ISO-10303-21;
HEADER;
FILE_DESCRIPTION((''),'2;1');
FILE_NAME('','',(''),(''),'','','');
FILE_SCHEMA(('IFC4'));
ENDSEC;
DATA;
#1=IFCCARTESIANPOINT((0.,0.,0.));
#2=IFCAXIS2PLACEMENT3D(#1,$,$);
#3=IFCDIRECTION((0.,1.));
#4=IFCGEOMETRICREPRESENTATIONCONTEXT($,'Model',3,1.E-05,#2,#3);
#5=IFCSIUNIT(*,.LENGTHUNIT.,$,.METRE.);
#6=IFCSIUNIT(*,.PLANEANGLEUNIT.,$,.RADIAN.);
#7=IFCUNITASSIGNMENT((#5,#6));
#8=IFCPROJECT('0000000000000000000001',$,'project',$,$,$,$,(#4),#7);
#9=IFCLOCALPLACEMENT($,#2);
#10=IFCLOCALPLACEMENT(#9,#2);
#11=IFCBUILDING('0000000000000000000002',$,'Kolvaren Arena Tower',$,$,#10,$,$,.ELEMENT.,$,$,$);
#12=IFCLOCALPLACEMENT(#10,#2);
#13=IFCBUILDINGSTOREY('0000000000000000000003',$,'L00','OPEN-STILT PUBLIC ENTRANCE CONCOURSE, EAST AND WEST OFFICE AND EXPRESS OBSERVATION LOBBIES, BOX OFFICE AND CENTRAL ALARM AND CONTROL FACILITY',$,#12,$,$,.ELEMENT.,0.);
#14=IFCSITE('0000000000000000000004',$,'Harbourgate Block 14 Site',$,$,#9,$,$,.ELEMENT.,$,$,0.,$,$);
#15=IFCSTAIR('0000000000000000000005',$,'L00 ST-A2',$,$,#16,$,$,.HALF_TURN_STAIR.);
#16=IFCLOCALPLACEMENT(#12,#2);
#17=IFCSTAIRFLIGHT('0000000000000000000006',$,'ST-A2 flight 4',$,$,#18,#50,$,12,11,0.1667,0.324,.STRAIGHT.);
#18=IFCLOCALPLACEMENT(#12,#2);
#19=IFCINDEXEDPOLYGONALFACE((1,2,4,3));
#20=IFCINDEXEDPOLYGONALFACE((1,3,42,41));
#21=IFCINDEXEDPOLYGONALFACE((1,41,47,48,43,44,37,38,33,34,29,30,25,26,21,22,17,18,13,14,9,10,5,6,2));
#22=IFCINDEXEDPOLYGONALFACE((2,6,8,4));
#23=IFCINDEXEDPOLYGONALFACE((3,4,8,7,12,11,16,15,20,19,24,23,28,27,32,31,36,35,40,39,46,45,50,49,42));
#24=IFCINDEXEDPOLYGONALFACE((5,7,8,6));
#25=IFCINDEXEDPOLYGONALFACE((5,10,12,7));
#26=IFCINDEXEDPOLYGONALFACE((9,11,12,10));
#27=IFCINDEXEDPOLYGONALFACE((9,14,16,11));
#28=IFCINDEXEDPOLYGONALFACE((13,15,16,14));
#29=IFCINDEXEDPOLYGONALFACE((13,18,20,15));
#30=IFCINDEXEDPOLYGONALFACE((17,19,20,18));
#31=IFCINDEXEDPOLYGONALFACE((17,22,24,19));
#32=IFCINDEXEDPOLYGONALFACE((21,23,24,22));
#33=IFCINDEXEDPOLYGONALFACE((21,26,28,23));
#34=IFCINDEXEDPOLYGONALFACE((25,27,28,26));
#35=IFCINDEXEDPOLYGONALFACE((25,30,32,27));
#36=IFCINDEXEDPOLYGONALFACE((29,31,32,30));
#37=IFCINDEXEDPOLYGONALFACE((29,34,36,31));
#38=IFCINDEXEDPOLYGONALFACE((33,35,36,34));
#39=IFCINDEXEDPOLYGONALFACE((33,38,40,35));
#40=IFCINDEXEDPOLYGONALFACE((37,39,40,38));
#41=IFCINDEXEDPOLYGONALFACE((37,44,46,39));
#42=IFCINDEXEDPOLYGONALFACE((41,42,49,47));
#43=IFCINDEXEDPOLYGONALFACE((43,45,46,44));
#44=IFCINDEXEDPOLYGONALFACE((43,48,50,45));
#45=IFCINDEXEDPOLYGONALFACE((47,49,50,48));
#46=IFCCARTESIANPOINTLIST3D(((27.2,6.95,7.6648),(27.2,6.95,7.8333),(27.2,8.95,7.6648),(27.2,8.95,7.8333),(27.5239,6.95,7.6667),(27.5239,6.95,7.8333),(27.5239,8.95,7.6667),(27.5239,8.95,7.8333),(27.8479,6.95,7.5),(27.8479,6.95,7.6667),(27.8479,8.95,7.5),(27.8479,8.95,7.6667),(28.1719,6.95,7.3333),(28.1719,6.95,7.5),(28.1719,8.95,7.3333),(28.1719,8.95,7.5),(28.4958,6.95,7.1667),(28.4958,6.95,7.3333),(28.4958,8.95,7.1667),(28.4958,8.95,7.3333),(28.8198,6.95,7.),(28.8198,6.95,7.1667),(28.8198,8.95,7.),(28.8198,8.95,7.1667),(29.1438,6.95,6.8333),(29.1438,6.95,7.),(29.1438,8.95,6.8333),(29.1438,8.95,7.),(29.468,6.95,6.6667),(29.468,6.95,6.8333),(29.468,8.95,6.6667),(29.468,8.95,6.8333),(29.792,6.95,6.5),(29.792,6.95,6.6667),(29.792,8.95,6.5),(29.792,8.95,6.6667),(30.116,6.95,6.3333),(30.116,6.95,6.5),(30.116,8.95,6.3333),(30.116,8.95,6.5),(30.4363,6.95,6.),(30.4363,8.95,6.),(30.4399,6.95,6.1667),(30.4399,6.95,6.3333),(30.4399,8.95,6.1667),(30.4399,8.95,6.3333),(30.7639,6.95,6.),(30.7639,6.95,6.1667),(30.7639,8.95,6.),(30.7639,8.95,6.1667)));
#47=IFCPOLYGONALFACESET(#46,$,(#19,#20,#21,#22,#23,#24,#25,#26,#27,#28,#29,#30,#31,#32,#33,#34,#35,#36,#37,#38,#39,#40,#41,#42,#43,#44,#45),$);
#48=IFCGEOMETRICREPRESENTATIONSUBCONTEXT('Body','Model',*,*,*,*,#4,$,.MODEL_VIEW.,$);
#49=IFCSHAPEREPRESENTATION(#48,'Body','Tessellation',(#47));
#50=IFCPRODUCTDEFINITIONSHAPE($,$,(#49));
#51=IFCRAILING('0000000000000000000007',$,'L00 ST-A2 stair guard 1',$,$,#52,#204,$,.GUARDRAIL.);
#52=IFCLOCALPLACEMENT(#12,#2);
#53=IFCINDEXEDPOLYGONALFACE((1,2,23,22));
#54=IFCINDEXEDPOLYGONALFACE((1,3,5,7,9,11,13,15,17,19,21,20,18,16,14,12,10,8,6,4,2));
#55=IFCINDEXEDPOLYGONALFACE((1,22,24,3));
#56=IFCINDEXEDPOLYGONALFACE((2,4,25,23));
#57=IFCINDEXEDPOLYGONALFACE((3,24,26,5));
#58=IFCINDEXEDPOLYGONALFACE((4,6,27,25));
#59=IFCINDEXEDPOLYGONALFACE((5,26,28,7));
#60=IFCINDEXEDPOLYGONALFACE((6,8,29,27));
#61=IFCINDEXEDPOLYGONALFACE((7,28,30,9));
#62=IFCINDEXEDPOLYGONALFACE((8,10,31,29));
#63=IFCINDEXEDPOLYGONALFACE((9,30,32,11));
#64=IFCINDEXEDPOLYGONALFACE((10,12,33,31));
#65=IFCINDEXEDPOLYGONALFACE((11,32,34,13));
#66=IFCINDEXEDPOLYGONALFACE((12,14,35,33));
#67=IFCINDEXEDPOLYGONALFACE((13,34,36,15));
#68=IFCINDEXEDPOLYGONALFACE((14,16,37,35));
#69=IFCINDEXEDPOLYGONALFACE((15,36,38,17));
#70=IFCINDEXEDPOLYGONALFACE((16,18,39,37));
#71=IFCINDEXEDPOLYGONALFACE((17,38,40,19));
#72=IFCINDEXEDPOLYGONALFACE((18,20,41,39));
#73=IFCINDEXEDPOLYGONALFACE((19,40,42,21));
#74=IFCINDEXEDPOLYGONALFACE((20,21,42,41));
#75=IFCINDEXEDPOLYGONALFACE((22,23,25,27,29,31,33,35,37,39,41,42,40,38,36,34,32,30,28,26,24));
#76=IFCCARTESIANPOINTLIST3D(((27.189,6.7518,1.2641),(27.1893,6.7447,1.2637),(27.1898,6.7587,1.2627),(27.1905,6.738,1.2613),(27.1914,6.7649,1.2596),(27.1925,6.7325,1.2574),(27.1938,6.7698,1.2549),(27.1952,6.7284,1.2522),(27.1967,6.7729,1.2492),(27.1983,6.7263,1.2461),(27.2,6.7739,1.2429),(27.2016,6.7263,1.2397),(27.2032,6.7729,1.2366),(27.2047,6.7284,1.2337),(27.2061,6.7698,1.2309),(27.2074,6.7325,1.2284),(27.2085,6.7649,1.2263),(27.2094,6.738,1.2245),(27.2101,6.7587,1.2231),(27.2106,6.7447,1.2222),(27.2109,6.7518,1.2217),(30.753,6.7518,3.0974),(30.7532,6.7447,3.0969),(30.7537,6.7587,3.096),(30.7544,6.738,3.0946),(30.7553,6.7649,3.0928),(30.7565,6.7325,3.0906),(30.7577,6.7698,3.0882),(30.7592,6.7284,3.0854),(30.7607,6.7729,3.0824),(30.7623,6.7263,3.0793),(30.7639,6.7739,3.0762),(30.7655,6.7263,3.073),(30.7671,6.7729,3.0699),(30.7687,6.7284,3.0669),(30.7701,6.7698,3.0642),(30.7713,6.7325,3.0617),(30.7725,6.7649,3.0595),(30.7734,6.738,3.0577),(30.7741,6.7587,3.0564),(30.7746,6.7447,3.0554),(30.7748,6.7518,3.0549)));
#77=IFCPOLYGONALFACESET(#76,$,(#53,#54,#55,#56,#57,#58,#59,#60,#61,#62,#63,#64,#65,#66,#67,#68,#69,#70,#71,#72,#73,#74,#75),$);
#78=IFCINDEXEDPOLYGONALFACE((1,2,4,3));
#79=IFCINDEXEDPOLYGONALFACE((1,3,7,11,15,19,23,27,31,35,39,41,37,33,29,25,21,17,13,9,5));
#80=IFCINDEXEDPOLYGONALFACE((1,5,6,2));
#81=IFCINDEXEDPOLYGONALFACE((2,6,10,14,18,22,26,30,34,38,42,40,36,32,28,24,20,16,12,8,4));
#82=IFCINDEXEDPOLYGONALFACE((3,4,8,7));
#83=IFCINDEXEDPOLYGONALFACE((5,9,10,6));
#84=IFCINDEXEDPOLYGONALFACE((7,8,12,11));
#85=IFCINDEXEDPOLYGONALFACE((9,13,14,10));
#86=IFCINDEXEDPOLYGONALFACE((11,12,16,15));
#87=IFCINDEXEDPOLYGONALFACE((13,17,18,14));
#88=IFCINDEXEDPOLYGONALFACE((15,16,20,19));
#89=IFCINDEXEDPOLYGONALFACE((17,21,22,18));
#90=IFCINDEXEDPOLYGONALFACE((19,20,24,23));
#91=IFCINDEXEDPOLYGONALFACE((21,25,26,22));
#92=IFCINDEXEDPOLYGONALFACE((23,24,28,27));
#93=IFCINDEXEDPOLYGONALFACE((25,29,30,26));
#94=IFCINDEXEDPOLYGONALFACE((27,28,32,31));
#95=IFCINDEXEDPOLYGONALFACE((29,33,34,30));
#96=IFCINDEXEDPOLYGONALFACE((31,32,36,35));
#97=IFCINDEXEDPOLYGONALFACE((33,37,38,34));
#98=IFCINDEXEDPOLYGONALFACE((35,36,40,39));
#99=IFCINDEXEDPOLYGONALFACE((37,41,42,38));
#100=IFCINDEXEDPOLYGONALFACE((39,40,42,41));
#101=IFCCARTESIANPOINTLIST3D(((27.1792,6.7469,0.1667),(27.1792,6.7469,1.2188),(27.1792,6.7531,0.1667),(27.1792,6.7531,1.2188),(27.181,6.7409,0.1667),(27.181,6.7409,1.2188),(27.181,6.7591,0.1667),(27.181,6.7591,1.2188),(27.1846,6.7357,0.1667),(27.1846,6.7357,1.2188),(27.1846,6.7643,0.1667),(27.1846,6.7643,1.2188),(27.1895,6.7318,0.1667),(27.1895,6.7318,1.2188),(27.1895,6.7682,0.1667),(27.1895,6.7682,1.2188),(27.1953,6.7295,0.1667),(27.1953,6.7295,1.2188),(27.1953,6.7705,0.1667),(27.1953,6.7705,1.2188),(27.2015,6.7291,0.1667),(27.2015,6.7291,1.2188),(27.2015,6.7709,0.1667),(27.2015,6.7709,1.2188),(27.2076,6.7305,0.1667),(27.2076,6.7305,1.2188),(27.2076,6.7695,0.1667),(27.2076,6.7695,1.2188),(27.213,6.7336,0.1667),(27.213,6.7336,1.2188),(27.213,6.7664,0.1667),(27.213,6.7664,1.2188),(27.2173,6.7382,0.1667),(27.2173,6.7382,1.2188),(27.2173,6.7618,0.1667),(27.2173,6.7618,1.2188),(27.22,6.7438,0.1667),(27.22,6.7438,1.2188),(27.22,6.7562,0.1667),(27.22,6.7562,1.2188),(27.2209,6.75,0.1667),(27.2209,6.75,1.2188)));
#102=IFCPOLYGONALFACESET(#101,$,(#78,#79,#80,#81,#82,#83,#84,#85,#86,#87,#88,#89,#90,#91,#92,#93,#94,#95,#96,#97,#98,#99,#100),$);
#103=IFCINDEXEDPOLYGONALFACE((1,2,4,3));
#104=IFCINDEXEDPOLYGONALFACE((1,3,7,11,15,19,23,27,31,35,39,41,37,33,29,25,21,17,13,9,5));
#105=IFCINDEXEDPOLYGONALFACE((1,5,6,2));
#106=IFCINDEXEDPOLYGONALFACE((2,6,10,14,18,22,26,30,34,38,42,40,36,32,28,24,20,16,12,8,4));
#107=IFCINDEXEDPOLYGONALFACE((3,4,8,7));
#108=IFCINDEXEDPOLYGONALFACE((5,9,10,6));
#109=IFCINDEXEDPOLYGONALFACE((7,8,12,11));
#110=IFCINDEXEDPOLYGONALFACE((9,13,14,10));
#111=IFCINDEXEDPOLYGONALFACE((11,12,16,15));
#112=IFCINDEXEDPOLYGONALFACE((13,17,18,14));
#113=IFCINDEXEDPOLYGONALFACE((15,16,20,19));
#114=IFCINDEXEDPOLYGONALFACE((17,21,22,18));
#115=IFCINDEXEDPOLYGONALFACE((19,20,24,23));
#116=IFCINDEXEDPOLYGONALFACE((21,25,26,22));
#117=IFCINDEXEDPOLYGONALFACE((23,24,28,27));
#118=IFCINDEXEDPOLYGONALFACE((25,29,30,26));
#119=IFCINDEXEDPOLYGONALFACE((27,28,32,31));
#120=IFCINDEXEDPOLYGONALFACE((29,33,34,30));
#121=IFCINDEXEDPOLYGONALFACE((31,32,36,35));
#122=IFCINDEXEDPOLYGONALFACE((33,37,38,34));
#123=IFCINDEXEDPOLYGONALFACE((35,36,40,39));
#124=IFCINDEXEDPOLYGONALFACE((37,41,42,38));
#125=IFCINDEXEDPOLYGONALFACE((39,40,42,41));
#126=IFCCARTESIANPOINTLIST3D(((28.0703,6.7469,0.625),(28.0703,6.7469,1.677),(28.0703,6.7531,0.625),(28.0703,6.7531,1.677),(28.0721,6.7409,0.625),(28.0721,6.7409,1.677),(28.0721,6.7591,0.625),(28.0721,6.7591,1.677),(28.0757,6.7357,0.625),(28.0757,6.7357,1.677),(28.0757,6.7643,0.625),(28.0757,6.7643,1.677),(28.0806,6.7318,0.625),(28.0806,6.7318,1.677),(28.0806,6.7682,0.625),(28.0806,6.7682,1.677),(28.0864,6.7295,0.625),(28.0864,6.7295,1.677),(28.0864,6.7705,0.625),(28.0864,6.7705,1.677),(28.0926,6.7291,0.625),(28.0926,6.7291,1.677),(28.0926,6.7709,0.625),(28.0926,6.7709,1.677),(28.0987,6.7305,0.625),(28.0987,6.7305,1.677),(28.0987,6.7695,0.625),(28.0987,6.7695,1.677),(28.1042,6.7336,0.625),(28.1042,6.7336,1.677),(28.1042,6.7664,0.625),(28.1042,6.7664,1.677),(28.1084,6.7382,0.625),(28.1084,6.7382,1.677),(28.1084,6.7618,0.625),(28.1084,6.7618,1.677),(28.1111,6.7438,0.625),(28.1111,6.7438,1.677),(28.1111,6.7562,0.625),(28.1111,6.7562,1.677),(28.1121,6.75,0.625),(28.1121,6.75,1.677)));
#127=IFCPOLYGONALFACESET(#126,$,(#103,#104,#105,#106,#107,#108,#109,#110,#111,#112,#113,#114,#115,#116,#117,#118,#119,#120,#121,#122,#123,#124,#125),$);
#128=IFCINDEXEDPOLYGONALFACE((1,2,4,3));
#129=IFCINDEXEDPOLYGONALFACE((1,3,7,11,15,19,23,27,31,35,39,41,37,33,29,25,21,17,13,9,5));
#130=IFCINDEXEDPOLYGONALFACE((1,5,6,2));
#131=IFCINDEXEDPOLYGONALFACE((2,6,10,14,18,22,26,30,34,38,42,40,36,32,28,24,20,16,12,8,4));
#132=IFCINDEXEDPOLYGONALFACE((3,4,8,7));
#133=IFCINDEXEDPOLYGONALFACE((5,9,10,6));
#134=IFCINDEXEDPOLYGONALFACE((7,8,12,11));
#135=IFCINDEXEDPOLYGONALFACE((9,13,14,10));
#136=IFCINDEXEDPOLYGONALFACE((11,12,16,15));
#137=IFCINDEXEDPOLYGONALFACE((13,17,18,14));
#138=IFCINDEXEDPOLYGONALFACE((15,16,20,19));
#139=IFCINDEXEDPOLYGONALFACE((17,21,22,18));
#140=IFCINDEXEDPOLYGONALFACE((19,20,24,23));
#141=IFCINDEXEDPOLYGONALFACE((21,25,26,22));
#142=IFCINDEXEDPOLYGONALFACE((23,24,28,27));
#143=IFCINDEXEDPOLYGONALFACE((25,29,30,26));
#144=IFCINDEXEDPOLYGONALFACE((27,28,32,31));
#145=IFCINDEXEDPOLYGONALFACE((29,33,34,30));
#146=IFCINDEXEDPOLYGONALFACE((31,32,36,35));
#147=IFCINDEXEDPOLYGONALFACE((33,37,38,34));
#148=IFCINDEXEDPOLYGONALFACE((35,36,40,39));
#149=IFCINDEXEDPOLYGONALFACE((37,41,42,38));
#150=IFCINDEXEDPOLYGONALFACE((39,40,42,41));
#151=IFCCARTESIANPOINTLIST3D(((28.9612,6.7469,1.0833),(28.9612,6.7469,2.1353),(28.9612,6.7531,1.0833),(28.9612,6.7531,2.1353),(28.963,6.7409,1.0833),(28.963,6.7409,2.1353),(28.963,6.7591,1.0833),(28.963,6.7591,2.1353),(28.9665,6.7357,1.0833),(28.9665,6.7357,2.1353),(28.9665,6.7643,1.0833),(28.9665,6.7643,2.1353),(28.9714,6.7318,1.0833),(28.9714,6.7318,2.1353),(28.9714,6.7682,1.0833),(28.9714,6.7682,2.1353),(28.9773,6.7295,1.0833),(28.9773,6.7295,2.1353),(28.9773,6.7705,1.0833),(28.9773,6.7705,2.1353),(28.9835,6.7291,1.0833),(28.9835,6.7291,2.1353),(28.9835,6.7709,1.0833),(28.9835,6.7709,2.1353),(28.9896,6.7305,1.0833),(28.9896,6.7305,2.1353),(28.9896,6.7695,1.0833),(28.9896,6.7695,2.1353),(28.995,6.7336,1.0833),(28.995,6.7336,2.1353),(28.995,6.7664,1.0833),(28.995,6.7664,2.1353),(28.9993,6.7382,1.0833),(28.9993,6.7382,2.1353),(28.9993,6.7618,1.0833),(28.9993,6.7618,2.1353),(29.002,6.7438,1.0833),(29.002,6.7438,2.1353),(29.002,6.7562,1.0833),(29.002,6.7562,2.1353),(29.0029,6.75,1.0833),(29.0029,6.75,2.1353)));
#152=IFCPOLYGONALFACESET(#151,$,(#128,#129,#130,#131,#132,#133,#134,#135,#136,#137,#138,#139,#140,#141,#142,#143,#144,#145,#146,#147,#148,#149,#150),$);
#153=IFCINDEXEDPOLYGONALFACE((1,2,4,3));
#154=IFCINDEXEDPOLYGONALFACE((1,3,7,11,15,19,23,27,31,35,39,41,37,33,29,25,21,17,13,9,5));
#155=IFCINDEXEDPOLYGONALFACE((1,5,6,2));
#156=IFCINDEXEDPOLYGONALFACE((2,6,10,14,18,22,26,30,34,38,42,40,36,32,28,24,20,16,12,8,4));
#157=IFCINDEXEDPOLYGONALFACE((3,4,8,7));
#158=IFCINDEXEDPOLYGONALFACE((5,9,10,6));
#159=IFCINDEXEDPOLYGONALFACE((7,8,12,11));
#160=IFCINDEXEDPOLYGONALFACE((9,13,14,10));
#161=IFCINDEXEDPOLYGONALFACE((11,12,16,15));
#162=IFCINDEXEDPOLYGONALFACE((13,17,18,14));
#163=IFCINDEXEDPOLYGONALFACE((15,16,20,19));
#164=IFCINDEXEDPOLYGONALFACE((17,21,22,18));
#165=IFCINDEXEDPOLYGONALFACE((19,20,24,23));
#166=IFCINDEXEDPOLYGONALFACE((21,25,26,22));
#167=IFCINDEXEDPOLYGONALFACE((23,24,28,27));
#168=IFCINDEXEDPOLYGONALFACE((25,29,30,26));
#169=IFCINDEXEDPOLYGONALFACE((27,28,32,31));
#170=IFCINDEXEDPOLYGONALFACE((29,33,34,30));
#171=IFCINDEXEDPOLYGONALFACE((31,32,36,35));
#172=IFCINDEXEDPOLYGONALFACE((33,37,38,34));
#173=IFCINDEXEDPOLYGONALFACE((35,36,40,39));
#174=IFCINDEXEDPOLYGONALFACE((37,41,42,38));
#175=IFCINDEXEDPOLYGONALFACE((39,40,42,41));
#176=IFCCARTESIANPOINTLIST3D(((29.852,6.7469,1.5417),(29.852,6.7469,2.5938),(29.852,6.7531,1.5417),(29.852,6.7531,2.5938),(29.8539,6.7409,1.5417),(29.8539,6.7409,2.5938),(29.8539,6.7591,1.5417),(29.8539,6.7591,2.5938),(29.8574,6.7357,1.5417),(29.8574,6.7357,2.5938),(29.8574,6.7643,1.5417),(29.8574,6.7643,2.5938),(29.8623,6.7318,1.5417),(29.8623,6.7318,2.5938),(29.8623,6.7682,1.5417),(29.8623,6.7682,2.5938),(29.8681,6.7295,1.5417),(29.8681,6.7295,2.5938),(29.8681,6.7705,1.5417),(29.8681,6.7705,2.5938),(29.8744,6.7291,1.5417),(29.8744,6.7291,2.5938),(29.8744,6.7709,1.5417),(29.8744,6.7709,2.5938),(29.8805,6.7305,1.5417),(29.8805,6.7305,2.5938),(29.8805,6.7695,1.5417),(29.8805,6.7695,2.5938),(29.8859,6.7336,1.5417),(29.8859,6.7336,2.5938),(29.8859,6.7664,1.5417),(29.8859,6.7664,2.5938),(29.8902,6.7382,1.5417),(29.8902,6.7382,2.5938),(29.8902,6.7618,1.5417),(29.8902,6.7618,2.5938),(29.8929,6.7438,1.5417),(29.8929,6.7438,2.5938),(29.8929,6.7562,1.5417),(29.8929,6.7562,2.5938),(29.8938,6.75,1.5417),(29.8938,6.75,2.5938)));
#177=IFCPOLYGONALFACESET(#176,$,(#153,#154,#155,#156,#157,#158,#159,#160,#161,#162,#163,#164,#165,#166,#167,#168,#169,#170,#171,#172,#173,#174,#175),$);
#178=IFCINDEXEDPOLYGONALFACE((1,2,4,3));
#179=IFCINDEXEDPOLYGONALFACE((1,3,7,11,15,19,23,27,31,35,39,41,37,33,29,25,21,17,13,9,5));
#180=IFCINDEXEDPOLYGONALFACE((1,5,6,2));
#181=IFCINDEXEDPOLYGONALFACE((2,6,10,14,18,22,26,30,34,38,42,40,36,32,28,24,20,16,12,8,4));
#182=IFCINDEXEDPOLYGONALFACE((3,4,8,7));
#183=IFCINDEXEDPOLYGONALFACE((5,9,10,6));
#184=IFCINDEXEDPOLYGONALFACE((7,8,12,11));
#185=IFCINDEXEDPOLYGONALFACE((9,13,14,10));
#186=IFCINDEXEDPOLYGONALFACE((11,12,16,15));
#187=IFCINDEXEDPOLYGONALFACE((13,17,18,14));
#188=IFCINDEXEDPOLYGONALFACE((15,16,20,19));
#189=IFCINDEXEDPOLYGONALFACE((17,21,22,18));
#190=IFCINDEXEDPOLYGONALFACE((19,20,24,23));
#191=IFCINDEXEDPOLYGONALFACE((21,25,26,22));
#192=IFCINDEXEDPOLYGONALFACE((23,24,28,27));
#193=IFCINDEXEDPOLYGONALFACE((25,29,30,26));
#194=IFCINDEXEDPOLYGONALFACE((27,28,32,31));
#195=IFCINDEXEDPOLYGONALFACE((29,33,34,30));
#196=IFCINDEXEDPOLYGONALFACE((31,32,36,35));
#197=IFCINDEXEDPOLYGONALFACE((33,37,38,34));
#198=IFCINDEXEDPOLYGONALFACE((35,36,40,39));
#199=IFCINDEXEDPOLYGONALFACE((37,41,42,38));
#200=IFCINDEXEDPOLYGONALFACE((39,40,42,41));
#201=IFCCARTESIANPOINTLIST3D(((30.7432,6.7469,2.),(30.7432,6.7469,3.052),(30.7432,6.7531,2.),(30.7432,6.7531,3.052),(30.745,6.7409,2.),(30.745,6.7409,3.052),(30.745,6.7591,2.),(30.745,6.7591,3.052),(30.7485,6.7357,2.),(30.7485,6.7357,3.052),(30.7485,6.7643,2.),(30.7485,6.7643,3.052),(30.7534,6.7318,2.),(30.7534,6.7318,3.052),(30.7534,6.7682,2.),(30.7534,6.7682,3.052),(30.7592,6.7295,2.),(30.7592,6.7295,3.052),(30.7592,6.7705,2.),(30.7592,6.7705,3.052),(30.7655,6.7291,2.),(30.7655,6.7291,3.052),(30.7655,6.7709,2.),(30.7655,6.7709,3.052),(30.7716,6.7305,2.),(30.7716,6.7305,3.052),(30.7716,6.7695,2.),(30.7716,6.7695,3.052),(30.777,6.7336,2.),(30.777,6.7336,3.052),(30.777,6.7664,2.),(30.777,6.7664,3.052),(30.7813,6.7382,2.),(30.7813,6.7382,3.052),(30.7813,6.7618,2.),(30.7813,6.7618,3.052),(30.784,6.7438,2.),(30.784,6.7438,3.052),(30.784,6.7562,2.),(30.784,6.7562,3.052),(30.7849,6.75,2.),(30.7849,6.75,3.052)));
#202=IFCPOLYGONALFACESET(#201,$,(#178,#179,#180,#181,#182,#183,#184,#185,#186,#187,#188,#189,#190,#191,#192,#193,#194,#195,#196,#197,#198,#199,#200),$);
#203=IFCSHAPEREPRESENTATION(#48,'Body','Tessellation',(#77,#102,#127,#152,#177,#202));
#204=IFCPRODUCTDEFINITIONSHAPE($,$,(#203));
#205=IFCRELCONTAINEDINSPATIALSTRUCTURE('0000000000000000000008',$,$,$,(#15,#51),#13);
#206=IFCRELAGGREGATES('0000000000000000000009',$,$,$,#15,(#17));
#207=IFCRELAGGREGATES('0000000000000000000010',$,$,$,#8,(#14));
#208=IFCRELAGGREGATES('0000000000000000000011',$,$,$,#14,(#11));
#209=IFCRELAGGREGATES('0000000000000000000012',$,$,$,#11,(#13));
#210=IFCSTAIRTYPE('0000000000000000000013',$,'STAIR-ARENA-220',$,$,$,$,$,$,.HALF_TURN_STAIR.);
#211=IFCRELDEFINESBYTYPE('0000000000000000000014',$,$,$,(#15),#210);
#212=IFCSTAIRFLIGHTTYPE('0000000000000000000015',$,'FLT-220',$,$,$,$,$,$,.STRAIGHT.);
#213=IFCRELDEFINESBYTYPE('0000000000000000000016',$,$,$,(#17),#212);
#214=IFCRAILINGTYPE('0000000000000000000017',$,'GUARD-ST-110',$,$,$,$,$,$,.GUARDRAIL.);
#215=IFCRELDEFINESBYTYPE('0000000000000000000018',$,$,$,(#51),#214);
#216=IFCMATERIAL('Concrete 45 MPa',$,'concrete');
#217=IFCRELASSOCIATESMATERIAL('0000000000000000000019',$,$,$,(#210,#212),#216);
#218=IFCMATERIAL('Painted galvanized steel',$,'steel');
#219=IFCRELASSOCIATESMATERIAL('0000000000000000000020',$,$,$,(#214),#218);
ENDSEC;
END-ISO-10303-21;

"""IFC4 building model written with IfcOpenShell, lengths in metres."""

from ifc_helpers import new_model, si_unit, direction, frame, origin, origin_2d, place, context, subcontext, project, spatial, polyline, circle, outline, extrude, material, type_object, element, aggregate, save


model = new_model("IFC4")

# Units and contexts
model_context = context("Model", 3, precision=1e-05, world=origin(), true_north=direction((0.0, 1.0)))
body_context = subcontext(model_context, "Body", "Model", "MODEL_VIEW")
ifc_project = project(units=[si_unit("LENGTHUNIT", "METRE"), si_unit("PLANEANGLEUNIT", "RADIAN")], contexts=[model_context])

# Site, building, storey
site_placement = place(None, origin())
site = spatial("IfcSite", under=ifc_project, at=site_placement, Name="Harbourgate Block 14 Site", CompositionType="ELEMENT", RefElevation=0.0)
building_placement = place(site_placement, origin())
building = spatial("IfcBuilding", under=site, at=building_placement, Name="Kolvaren Arena Tower", CompositionType="ELEMENT")
storey_placement = place(building_placement, origin())
storey = spatial("IfcBuildingStorey", under=building, at=storey_placement, Name="L00", Description="OPEN-STILT PUBLIC ENTRANCE CONCOURSE, EAST AND WEST OFFICE AND EXPRESS OBSERVATION LOBBIES, BOX OFFICE AND CENTRAL ALARM AND CONTROL FACILITY", CompositionType="ELEMENT", Elevation=0.0)

# Shared definitions
ifc_material_1 = material(Name="Concrete 45 MPa", Category="concrete")

# Stair, stair flight
stair_type = type_object("IfcStairType", Name="STAIR-ARENA-220", PredefinedType="HALF_TURN_STAIR", material=ifc_material_1)
stair_placement = place(storey_placement, origin())
stair = element("IfcStair", 1, at=stair_placement, inside=storey, type_object=stair_type, Name="L00 ST-A2", PredefinedType="HALF_TURN_STAIR")
stair_flight_type = type_object("IfcStairFlightType", Name="FLT-220", PredefinedType="STRAIGHT", material=ifc_material_1)
stair_flight_1_placement = place(storey_placement, frame((30.7639, 7.95, 6.0), z_axis=(0.0, 0.0, 1.0), x_axis=(-1.0, 0.0, 0.0)))
stair_flight_1 = element("IfcStairFlight", 2, at=stair_flight_1_placement, type_object=stair_flight_type, Name="ST-A2 flight 4", NumberOfRisers=12, NumberOfTreads=11, PredefinedType="STRAIGHT", RiserHeight=0.1667, TreadLength=0.324, context=body_context, shape_type="SweptSolid", body=[
    extrude(outline(polyline([(0.0, 0.0), (0.0, 0.1667), (0.324, 0.1667), (0.324, 0.3333), (0.6479, 0.3333), (0.6479, 0.5), (0.9719, 0.5), (0.9719, 0.6667), (1.2959, 0.6667), (1.2959, 0.8333), (1.6201, 0.8333), (1.6201, 1.0), (1.9441, 1.0), (1.9441, 1.1667), (2.2681, 1.1667), (2.2681, 1.3333), (2.592, 1.3333), (2.592, 1.5), (2.916, 1.5), (2.916, 1.6667), (3.24, 1.6667), (3.24, 1.8333), (3.564, 1.8333), (3.564, 2.0), (3.564, 1.6648), (0.3276, 0.0), (0.0, 0.0)])), frame((0.0, 1.0, 0.0), z_axis=(0.0, -1.0, 0.0), x_axis=(1.0, 0.0, 0.0)), (0.0, 0.0, 1.0), 2.0),
])
aggregate(stair, [stair_flight_1])

# Railing
ifc_material_2 = material(Name="Painted galvanized steel", Category="steel")
railing_type_1 = type_object("IfcRailingType", Name="GUARD-ST-110", PredefinedType="GUARDRAIL", material=ifc_material_2)
railing_1_placement = place(storey_placement, frame((27.2, 6.75, 0.1667)))
element("IfcRailing", 3, at=railing_1_placement, inside=storey, type_object=railing_type_1, Name="L00 ST-A2 stair guard 1", PredefinedType="GUARDRAIL", context=body_context, shape_type="SweptSolid", body=[
    extrude(circle(Radius=0.0239, at=origin_2d()), frame((0.0, 0.0, 1.0762), z_axis=(0.889252, 0.0, 0.457418), x_axis=(0.0, 1.0, 0.0)), (0.0, 0.0, 1.0), 4.0078),
    extrude(circle(Radius=0.021, at=origin_2d()), origin(), (0.0, 0.0, 1.0), 1.052),
    extrude(circle(Radius=0.021, at=origin_2d()), frame((0.8911, 0.0, 0.4583)), (0.0, 0.0, 1.0), 1.052),
    extrude(circle(Radius=0.021, at=origin_2d()), frame((1.782, 0.0, 0.9165)), (0.0, 0.0, 1.0), 1.052),
    extrude(circle(Radius=0.021, at=origin_2d()), frame((2.6729, 0.0, 1.375)), (0.0, 0.0, 1.0), 1.052),
    extrude(circle(Radius=0.021, at=origin_2d()), frame((3.564, 0.0, 1.8333)), (0.0, 0.0, 1.0), 1.052),
])

save(model, "model.ifc")
